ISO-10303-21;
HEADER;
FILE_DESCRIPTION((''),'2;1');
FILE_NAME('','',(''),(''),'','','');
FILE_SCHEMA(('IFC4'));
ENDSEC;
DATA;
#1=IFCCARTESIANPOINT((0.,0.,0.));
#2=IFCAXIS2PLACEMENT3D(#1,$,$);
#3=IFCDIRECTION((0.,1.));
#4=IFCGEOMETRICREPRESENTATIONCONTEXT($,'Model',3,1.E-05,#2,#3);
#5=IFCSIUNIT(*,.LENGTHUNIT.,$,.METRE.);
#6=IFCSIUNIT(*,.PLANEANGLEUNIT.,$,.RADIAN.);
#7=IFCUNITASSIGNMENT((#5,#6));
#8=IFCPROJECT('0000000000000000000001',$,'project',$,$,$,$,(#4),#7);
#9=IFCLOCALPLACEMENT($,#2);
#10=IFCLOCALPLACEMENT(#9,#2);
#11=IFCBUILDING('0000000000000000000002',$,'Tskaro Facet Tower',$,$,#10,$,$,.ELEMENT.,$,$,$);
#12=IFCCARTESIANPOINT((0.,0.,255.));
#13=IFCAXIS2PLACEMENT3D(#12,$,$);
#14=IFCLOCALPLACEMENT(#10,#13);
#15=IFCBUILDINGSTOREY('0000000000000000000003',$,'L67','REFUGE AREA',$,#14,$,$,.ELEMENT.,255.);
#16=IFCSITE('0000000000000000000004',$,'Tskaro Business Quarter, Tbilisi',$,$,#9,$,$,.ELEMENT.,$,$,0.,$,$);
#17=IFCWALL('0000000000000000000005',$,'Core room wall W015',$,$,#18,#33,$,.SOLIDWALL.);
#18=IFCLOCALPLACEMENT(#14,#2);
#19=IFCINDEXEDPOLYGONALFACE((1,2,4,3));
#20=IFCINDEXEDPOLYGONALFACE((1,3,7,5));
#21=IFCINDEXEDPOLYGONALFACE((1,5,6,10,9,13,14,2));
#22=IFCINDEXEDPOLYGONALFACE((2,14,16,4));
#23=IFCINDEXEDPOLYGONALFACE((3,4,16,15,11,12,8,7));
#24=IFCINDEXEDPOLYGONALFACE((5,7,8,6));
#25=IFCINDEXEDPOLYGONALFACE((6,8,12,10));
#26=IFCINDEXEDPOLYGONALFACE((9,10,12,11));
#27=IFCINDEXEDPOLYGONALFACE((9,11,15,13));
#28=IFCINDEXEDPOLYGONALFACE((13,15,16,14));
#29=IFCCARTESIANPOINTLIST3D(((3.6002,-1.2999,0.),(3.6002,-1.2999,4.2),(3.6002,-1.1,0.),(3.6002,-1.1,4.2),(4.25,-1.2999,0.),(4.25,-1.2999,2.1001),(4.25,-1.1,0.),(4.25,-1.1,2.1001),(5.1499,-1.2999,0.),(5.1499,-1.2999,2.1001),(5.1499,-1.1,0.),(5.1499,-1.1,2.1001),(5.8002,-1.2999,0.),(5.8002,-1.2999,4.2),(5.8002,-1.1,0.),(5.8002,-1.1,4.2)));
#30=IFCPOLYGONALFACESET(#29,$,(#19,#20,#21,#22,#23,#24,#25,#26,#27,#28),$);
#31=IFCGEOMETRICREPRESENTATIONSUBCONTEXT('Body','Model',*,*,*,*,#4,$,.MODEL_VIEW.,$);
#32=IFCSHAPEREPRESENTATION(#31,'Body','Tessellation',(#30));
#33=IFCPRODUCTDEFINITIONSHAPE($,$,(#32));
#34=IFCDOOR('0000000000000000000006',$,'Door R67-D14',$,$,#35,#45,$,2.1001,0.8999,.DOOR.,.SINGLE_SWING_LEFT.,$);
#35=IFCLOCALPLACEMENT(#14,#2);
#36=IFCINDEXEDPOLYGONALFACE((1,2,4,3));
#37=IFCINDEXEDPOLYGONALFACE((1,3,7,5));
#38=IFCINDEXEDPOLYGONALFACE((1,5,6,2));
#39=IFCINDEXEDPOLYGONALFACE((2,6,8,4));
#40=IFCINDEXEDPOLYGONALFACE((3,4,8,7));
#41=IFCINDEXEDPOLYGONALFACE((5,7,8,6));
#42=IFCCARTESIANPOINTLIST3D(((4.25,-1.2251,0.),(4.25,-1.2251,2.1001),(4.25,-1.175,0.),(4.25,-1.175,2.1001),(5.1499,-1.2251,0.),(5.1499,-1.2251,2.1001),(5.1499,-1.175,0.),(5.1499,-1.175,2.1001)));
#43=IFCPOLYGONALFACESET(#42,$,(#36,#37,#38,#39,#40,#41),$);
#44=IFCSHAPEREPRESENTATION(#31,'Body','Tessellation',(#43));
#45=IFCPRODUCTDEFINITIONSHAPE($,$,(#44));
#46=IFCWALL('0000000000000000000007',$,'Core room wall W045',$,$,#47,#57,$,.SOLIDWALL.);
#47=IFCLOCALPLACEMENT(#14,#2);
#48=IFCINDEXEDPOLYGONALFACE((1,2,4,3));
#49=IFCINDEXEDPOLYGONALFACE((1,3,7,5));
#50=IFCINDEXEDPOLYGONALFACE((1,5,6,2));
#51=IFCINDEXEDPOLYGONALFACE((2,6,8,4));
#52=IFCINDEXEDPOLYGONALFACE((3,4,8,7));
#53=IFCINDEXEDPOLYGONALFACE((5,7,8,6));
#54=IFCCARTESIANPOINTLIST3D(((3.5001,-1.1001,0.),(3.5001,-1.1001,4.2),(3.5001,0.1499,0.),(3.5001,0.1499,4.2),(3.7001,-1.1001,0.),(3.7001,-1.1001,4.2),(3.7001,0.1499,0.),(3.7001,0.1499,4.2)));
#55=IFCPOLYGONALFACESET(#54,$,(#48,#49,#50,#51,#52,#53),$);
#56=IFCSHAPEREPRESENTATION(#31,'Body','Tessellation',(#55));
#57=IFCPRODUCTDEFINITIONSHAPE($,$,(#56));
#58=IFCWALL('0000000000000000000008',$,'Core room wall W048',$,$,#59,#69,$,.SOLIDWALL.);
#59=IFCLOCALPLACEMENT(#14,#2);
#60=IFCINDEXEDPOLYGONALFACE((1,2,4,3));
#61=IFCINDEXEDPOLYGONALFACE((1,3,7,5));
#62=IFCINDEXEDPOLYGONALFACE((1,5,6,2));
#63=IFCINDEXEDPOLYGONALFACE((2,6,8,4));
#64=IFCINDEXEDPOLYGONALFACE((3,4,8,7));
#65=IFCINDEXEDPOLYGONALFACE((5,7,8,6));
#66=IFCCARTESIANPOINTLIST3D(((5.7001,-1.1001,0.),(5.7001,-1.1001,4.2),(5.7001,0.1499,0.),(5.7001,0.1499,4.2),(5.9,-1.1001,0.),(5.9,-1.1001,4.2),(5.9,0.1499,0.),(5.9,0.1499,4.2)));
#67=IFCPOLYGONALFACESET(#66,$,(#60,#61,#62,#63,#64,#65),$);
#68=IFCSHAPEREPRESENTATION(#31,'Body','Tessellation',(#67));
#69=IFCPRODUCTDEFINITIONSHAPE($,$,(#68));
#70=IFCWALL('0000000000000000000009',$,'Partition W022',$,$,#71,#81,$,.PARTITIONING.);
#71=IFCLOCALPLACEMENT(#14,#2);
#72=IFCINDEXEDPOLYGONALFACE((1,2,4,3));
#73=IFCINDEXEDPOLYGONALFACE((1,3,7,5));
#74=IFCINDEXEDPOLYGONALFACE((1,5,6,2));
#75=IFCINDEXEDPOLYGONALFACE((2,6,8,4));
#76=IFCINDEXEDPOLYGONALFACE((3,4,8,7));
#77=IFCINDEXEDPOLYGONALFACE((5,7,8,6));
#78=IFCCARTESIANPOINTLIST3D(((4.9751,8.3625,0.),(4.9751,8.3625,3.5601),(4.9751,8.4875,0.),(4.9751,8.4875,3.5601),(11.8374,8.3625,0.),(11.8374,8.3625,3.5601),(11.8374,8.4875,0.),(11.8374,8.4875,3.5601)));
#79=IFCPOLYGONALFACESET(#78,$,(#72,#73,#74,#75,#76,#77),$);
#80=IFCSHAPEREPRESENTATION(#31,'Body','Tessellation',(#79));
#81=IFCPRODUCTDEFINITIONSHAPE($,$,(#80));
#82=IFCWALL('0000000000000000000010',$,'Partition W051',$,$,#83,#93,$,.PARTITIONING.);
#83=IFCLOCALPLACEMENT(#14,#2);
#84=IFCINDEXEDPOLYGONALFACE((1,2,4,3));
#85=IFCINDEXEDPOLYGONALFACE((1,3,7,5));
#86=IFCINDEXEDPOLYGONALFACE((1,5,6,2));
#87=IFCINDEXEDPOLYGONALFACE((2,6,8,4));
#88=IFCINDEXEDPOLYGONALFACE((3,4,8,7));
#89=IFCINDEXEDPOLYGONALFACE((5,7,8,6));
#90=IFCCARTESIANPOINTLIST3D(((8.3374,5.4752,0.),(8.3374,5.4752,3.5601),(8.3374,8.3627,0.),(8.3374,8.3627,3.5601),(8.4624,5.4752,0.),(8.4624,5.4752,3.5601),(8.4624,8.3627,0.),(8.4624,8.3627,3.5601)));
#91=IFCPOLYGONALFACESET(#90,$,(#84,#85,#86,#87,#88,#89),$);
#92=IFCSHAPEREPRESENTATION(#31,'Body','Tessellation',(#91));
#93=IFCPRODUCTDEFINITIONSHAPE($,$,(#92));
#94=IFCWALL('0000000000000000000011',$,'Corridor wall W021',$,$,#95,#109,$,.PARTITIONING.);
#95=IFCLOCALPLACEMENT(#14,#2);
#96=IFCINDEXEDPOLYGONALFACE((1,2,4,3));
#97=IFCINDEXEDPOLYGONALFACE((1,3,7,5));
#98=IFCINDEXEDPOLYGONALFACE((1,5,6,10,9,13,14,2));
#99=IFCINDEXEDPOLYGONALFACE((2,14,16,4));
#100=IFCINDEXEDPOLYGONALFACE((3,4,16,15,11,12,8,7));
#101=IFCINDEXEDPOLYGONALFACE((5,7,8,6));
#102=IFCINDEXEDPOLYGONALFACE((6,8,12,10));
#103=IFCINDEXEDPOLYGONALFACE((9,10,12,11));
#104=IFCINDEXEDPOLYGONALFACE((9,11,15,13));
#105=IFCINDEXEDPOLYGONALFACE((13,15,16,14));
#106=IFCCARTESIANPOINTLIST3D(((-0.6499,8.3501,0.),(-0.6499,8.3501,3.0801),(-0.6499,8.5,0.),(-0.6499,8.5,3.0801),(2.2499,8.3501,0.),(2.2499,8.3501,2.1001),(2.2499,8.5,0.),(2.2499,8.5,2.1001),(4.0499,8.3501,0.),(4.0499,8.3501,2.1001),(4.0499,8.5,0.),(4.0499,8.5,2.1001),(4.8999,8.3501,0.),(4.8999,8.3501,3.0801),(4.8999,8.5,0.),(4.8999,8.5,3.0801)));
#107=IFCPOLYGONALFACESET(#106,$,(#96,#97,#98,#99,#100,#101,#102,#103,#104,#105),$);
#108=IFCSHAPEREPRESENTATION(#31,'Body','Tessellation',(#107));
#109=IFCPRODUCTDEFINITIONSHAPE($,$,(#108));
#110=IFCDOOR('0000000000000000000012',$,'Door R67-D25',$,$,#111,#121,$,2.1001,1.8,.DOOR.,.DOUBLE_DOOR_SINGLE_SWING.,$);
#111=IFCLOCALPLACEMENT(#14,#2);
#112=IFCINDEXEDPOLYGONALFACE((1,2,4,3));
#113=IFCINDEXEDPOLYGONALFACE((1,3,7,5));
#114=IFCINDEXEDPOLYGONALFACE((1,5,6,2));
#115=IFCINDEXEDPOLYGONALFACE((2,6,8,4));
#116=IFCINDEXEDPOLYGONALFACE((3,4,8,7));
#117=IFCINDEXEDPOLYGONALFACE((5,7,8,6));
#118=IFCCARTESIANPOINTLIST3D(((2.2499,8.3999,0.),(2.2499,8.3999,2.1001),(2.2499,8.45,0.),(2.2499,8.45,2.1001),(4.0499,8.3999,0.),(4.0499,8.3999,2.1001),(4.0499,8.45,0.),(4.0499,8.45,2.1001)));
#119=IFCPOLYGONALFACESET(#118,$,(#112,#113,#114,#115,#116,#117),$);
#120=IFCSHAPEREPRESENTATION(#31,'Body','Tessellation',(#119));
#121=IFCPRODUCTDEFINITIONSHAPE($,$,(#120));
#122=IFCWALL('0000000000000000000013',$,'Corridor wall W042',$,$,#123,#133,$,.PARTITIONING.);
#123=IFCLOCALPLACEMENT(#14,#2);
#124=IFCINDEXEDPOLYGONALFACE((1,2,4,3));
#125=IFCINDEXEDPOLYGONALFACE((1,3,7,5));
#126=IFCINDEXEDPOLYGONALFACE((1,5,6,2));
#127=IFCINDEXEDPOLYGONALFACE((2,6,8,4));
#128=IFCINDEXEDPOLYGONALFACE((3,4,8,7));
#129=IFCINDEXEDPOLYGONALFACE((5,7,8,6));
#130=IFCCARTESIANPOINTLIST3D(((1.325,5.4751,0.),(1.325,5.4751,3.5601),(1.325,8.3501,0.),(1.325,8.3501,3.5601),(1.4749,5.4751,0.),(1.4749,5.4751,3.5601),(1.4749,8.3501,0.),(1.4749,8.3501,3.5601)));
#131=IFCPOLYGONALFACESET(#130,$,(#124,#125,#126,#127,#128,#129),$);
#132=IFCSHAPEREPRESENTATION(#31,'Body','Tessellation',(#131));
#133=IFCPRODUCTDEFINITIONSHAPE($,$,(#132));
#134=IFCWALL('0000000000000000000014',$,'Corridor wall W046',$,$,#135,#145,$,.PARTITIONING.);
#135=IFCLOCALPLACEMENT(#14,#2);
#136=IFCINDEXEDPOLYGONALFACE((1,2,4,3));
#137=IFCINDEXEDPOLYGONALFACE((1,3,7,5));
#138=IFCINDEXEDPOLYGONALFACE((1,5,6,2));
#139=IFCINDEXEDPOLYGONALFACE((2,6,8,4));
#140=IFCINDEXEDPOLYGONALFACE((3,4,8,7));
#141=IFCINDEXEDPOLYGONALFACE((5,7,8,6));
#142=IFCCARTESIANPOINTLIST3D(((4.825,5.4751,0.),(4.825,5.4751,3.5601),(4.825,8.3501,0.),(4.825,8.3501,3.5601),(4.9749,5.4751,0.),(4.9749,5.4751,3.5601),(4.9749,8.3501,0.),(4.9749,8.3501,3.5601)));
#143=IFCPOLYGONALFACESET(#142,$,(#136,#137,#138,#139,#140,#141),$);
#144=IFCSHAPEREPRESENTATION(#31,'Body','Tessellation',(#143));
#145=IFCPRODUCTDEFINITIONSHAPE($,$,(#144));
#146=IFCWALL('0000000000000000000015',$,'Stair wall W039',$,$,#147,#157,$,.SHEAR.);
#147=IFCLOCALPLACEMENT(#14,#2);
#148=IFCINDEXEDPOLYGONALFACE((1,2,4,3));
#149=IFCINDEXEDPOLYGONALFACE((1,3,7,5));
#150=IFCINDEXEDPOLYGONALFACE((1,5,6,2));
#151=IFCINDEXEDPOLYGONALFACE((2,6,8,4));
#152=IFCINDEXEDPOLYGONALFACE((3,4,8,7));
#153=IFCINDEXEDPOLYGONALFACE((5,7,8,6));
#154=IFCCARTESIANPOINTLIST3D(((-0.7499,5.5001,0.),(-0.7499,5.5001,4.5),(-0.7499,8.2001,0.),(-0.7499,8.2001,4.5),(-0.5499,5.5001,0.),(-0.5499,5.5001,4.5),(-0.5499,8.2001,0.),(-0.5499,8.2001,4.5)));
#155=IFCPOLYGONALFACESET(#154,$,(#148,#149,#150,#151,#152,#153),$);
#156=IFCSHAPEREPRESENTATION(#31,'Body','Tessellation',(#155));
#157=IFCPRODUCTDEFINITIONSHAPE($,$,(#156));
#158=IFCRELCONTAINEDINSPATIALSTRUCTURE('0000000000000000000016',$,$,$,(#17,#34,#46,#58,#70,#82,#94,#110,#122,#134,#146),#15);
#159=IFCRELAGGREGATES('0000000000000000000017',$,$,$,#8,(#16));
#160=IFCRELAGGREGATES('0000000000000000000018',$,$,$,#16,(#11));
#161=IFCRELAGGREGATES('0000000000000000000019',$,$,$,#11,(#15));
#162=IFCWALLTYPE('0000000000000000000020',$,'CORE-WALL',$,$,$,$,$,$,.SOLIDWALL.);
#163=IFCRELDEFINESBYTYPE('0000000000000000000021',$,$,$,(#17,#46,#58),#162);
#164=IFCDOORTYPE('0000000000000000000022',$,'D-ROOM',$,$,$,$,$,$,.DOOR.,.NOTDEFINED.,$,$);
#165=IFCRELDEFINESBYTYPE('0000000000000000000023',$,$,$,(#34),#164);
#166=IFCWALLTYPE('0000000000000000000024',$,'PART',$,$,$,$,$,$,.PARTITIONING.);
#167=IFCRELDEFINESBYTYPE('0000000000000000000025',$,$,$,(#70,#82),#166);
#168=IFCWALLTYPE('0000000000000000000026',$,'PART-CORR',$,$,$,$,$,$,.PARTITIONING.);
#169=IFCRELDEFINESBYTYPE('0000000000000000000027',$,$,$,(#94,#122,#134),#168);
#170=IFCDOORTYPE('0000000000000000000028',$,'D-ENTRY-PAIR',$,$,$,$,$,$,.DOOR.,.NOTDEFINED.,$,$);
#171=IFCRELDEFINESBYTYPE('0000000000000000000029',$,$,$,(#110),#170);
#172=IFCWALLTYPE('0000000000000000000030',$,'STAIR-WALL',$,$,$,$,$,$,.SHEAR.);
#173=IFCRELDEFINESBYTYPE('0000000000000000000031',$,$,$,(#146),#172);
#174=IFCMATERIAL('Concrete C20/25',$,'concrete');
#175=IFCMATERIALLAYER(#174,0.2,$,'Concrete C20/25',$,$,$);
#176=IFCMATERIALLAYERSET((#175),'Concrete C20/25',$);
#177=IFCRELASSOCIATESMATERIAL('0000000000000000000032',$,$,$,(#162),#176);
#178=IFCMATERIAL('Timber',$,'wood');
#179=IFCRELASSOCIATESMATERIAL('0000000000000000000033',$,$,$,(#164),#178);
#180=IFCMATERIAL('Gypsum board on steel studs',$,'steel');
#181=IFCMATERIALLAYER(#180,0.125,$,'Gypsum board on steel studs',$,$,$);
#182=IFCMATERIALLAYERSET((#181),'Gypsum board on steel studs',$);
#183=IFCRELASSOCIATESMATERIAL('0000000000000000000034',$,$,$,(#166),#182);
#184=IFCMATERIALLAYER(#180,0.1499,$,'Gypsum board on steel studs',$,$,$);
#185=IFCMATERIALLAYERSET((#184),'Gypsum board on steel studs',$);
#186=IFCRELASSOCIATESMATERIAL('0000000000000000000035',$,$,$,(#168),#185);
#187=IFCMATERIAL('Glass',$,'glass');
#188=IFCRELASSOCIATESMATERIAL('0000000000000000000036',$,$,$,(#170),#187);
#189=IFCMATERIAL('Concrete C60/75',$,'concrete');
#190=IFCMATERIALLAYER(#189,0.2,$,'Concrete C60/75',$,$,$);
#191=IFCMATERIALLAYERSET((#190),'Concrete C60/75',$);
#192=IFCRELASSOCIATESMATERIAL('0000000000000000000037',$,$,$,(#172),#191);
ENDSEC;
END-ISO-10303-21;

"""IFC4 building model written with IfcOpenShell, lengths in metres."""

from ifc_helpers import new_model, si_unit, direction, frame, frame_2d, origin, place, context, subcontext, project, spatial, rectangle, extrude, material, layer, layer_set, type_object, element, fill, save


model = new_model("IFC4")

# Units and contexts
model_context = context("Model", 3, precision=1e-05, world=origin(), true_north=direction((0.0, 1.0)))
body_context = subcontext(model_context, "Body", "Model", "MODEL_VIEW")
ifc_project = project(units=[si_unit("LENGTHUNIT", "METRE"), si_unit("PLANEANGLEUNIT", "RADIAN")], contexts=[model_context])

# Site, building, storey
site_placement = place(None, origin())
site = spatial("IfcSite", under=ifc_project, at=site_placement, Name="Tskaro Business Quarter, Tbilisi", CompositionType="ELEMENT", RefElevation=0.0)
building_placement = place(site_placement, origin())
building = spatial("IfcBuilding", under=site, at=building_placement, Name="Tskaro Facet Tower", CompositionType="ELEMENT")
storey_placement = place(building_placement, frame((0.0, 0.0, 255.0)))
storey = spatial("IfcBuildingStorey", under=building, at=storey_placement, Name="L67", Description="REFUGE AREA", CompositionType="ELEMENT", Elevation=255.0)

# Shared definitions
ifc_material_1 = material(Name="Concrete C60/75", Category="concrete")

# Wall, opening, door
ifc_material_2 = material(Name="Concrete C20/25", Category="concrete")
ifc_layer_1 = layer(ifc_material_2, 0.2, Name="Concrete C20/25")
ifc_layer_set_1 = layer_set([ifc_layer_1], Name="Concrete C20/25")
wall_type_1 = type_object("IfcWallType", Name="CORE-WALL", PredefinedType="SOLIDWALL", material=ifc_layer_set_1)
wall_1_placement = place(storey_placement, frame((3.6001, -1.2, 0.0), z_axis=(0.0, 0.0, 1.0), x_axis=(1.0, 0.0, 0.0)))
wall_1 = element("IfcWall", 1, at=wall_1_placement, inside=storey, type_object=wall_type_1, Name="Core room wall W015", PredefinedType="SOLIDWALL", context=body_context, shape_type="SweptSolid", body=[
    extrude(rectangle(XDim=2.2, YDim=0.2, at=frame_2d((1.1001, 0.0))), origin(), (0.0, 0.0, 1.0), 4.2),
])
opening_1_placement = place(wall_1_placement, frame((0.6499, 0.0, 0.0)))
opening_1 = element("IfcOpeningElement", 2, at=opening_1_placement, cuts=wall_1, PredefinedType="OPENING", context=body_context, shape_type="SweptSolid", body=[
    extrude(rectangle(XDim=0.8999, YDim=2.1001, at=frame_2d((0.45, 1.05))), frame((0.0, 0.1099, 0.0), z_axis=(0.0, -1.0, 0.0), x_axis=(1.0, 0.0, 0.0)), (0.0, 0.0, 1.0), 0.22),
])
ifc_material_3 = material(Name="Timber", Category="wood")
door_type_1 = type_object("IfcDoorType", Name="D-ROOM", OperationType="NOTDEFINED", PredefinedType="DOOR", material=ifc_material_3)
door_1_placement = place(opening_1_placement, origin())
door_1 = element("IfcDoor", 3, at=door_1_placement, inside=storey, type_object=door_type_1, Name="Door R67-D14", OperationType="SINGLE_SWING_LEFT", OverallHeight=2.1001, OverallWidth=0.8999, PredefinedType="DOOR", context=body_context, shape_type="SweptSolid", body=[
    extrude(rectangle(XDim=0.8999, YDim=2.1001, at=frame_2d((0.45, 1.05))), frame((0.0, 0.0249, 0.0), z_axis=(0.0, -1.0, 0.0), x_axis=(1.0, 0.0, 0.0)), (0.0, 0.0, 1.0), 0.05),
])
fill(opening_1, door_1)

# Walls
for number, where, z_axis, x_axis, name in (
    (4, (3.6001, -1.1001, 0.0), (0.0, 0.0, 1.0), (0.0, 1.0, 0.0), "Core room wall W045"),
    (5, (5.8, -1.1001, 0.0), (0.0, 0.0, 1.0), (0.0, 1.0, 0.0), "Core room wall W048"),
):
    element("IfcWall", number, at=place(storey_placement, frame(where, z_axis=z_axis, x_axis=x_axis)), inside=storey, type_object=wall_type_1, Name=name, PredefinedType="SOLIDWALL", context=body_context, shape_type="SweptSolid", body=[
        extrude(rectangle(XDim=1.25, YDim=0.2, at=frame_2d((0.625, 0.0))), origin(), (0.0, 0.0, 1.0), 4.2),
    ])
ifc_material_4 = material(Name="Gypsum board on steel studs", Category="steel")
ifc_layer_2 = layer(ifc_material_4, 0.125, Name="Gypsum board on steel studs")
ifc_layer_set_2 = layer_set([ifc_layer_2], Name="Gypsum board on steel studs")
wall_type_2 = type_object("IfcWallType", Name="PART", PredefinedType="PARTITIONING", material=ifc_layer_set_2)
wall_2_placement = place(storey_placement, frame((4.9751, 8.425, 0.0), z_axis=(0.0, 0.0, 1.0), x_axis=(1.0, 0.0, 0.0)))
element("IfcWall", 6, at=wall_2_placement, inside=storey, type_object=wall_type_2, Name="Partition W022", PredefinedType="PARTITIONING", context=body_context, shape_type="SweptSolid", body=[
    extrude(rectangle(XDim=6.8623, YDim=0.125, at=frame_2d((3.4312, 0.0))), origin(), (0.0, 0.0, 1.0), 3.5601),
])
wall_3_placement = place(storey_placement, frame((8.3999, 5.4751, 0.0), z_axis=(0.0, 0.0, 1.0), x_axis=(0.0, 1.0, 0.0)))
element("IfcWall", 7, at=wall_3_placement, inside=storey, type_object=wall_type_2, Name="Partition W051", PredefinedType="PARTITIONING", context=body_context, shape_type="SweptSolid", body=[
    extrude(rectangle(XDim=2.8875, YDim=0.125, at=frame_2d((1.4438, 0.0))), origin(), (0.0, 0.0, 1.0), 3.5601),
])

# Wall, opening, door
ifc_layer_3 = layer(ifc_material_4, 0.1499, Name="Gypsum board on steel studs")
ifc_layer_set_3 = layer_set([ifc_layer_3], Name="Gypsum board on steel studs")
wall_type_3 = type_object("IfcWallType", Name="PART-CORR", PredefinedType="PARTITIONING", material=ifc_layer_set_3)
wall_4_placement = place(storey_placement, frame((-0.6499, 8.425, 0.0), z_axis=(0.0, 0.0, 1.0), x_axis=(1.0, 0.0, 0.0)))
wall_4 = element("IfcWall", 8, at=wall_4_placement, inside=storey, type_object=wall_type_3, Name="Corridor wall W021", PredefinedType="PARTITIONING", context=body_context, shape_type="SweptSolid", body=[
    extrude(rectangle(XDim=5.5498, YDim=0.1499, at=frame_2d((2.7749, 0.0))), origin(), (0.0, 0.0, 1.0), 3.0801),
])
opening_2_placement = place(wall_4_placement, frame((2.8999, 0.0, 0.0)))
opening_2 = element("IfcOpeningElement", 9, at=opening_2_placement, cuts=wall_4, PredefinedType="OPENING", context=body_context, shape_type="SweptSolid", body=[
    extrude(rectangle(XDim=1.8, YDim=2.1001, at=frame_2d((0.8999, 1.05))), frame((0.0, 0.085, 0.0), z_axis=(0.0, -1.0, 0.0), x_axis=(1.0, 0.0, 0.0)), (0.0, 0.0, 1.0), 0.1699),
])
ifc_material_5 = material(Name="Glass", Category="glass")
door_type_2 = type_object("IfcDoorType", Name="D-ENTRY-PAIR", OperationType="NOTDEFINED", PredefinedType="DOOR", material=ifc_material_5)
door_2_placement = place(opening_2_placement, origin())
door_2 = element("IfcDoor", 10, at=door_2_placement, inside=storey, type_object=door_type_2, Name="Door R67-D25", OperationType="DOUBLE_DOOR_SINGLE_SWING", OverallHeight=2.1001, OverallWidth=1.8, PredefinedType="DOOR", context=body_context, shape_type="SweptSolid", body=[
    extrude(rectangle(XDim=1.8, YDim=2.1001, at=frame_2d((0.8999, 1.05))), frame((0.0, 0.0249, 0.0), z_axis=(0.0, -1.0, 0.0), x_axis=(1.0, 0.0, 0.0)), (0.0, 0.0, 1.0), 0.05),
])
fill(opening_2, door_2)

# Walls
for number, where, z_axis, x_axis, name in (
    (11, (1.3999, 5.4751, 0.0), (0.0, 0.0, 1.0), (0.0, 1.0, 0.0), "Corridor wall W042"),
    (12, (4.8999, 5.4751, 0.0), (0.0, 0.0, 1.0), (0.0, 1.0, 0.0), "Corridor wall W046"),
):
    element("IfcWall", number, at=place(storey_placement, frame(where, z_axis=z_axis, x_axis=x_axis)), inside=storey, type_object=wall_type_3, Name=name, PredefinedType="PARTITIONING", context=body_context, shape_type="SweptSolid", body=[
        extrude(rectangle(XDim=2.875, YDim=0.1499, at=frame_2d((1.4375, 0.0))), origin(), (0.0, 0.0, 1.0), 3.5601),
    ])
ifc_layer_4 = layer(ifc_material_1, 0.2, Name="Concrete C60/75")
ifc_layer_set_4 = layer_set([ifc_layer_4], Name="Concrete C60/75")
wall_type_4 = type_object("IfcWallType", Name="STAIR-WALL", PredefinedType="SHEAR", material=ifc_layer_set_4)
wall_5_placement = place(storey_placement, frame((-0.6499, 5.5, 0.0), z_axis=(0.0, 0.0, 1.0), x_axis=(0.0, 1.0, 0.0)))
element("IfcWall", 13, at=wall_5_placement, inside=storey, type_object=wall_type_4, Name="Stair wall W039", PredefinedType="SHEAR", context=body_context, shape_type="SweptSolid", body=[
    extrude(rectangle(XDim=2.7, YDim=0.2, at=frame_2d((1.3501, 0.0))), origin(), (0.0, 0.0, 1.0), 4.5),
])

save(model, "model.ifc")
